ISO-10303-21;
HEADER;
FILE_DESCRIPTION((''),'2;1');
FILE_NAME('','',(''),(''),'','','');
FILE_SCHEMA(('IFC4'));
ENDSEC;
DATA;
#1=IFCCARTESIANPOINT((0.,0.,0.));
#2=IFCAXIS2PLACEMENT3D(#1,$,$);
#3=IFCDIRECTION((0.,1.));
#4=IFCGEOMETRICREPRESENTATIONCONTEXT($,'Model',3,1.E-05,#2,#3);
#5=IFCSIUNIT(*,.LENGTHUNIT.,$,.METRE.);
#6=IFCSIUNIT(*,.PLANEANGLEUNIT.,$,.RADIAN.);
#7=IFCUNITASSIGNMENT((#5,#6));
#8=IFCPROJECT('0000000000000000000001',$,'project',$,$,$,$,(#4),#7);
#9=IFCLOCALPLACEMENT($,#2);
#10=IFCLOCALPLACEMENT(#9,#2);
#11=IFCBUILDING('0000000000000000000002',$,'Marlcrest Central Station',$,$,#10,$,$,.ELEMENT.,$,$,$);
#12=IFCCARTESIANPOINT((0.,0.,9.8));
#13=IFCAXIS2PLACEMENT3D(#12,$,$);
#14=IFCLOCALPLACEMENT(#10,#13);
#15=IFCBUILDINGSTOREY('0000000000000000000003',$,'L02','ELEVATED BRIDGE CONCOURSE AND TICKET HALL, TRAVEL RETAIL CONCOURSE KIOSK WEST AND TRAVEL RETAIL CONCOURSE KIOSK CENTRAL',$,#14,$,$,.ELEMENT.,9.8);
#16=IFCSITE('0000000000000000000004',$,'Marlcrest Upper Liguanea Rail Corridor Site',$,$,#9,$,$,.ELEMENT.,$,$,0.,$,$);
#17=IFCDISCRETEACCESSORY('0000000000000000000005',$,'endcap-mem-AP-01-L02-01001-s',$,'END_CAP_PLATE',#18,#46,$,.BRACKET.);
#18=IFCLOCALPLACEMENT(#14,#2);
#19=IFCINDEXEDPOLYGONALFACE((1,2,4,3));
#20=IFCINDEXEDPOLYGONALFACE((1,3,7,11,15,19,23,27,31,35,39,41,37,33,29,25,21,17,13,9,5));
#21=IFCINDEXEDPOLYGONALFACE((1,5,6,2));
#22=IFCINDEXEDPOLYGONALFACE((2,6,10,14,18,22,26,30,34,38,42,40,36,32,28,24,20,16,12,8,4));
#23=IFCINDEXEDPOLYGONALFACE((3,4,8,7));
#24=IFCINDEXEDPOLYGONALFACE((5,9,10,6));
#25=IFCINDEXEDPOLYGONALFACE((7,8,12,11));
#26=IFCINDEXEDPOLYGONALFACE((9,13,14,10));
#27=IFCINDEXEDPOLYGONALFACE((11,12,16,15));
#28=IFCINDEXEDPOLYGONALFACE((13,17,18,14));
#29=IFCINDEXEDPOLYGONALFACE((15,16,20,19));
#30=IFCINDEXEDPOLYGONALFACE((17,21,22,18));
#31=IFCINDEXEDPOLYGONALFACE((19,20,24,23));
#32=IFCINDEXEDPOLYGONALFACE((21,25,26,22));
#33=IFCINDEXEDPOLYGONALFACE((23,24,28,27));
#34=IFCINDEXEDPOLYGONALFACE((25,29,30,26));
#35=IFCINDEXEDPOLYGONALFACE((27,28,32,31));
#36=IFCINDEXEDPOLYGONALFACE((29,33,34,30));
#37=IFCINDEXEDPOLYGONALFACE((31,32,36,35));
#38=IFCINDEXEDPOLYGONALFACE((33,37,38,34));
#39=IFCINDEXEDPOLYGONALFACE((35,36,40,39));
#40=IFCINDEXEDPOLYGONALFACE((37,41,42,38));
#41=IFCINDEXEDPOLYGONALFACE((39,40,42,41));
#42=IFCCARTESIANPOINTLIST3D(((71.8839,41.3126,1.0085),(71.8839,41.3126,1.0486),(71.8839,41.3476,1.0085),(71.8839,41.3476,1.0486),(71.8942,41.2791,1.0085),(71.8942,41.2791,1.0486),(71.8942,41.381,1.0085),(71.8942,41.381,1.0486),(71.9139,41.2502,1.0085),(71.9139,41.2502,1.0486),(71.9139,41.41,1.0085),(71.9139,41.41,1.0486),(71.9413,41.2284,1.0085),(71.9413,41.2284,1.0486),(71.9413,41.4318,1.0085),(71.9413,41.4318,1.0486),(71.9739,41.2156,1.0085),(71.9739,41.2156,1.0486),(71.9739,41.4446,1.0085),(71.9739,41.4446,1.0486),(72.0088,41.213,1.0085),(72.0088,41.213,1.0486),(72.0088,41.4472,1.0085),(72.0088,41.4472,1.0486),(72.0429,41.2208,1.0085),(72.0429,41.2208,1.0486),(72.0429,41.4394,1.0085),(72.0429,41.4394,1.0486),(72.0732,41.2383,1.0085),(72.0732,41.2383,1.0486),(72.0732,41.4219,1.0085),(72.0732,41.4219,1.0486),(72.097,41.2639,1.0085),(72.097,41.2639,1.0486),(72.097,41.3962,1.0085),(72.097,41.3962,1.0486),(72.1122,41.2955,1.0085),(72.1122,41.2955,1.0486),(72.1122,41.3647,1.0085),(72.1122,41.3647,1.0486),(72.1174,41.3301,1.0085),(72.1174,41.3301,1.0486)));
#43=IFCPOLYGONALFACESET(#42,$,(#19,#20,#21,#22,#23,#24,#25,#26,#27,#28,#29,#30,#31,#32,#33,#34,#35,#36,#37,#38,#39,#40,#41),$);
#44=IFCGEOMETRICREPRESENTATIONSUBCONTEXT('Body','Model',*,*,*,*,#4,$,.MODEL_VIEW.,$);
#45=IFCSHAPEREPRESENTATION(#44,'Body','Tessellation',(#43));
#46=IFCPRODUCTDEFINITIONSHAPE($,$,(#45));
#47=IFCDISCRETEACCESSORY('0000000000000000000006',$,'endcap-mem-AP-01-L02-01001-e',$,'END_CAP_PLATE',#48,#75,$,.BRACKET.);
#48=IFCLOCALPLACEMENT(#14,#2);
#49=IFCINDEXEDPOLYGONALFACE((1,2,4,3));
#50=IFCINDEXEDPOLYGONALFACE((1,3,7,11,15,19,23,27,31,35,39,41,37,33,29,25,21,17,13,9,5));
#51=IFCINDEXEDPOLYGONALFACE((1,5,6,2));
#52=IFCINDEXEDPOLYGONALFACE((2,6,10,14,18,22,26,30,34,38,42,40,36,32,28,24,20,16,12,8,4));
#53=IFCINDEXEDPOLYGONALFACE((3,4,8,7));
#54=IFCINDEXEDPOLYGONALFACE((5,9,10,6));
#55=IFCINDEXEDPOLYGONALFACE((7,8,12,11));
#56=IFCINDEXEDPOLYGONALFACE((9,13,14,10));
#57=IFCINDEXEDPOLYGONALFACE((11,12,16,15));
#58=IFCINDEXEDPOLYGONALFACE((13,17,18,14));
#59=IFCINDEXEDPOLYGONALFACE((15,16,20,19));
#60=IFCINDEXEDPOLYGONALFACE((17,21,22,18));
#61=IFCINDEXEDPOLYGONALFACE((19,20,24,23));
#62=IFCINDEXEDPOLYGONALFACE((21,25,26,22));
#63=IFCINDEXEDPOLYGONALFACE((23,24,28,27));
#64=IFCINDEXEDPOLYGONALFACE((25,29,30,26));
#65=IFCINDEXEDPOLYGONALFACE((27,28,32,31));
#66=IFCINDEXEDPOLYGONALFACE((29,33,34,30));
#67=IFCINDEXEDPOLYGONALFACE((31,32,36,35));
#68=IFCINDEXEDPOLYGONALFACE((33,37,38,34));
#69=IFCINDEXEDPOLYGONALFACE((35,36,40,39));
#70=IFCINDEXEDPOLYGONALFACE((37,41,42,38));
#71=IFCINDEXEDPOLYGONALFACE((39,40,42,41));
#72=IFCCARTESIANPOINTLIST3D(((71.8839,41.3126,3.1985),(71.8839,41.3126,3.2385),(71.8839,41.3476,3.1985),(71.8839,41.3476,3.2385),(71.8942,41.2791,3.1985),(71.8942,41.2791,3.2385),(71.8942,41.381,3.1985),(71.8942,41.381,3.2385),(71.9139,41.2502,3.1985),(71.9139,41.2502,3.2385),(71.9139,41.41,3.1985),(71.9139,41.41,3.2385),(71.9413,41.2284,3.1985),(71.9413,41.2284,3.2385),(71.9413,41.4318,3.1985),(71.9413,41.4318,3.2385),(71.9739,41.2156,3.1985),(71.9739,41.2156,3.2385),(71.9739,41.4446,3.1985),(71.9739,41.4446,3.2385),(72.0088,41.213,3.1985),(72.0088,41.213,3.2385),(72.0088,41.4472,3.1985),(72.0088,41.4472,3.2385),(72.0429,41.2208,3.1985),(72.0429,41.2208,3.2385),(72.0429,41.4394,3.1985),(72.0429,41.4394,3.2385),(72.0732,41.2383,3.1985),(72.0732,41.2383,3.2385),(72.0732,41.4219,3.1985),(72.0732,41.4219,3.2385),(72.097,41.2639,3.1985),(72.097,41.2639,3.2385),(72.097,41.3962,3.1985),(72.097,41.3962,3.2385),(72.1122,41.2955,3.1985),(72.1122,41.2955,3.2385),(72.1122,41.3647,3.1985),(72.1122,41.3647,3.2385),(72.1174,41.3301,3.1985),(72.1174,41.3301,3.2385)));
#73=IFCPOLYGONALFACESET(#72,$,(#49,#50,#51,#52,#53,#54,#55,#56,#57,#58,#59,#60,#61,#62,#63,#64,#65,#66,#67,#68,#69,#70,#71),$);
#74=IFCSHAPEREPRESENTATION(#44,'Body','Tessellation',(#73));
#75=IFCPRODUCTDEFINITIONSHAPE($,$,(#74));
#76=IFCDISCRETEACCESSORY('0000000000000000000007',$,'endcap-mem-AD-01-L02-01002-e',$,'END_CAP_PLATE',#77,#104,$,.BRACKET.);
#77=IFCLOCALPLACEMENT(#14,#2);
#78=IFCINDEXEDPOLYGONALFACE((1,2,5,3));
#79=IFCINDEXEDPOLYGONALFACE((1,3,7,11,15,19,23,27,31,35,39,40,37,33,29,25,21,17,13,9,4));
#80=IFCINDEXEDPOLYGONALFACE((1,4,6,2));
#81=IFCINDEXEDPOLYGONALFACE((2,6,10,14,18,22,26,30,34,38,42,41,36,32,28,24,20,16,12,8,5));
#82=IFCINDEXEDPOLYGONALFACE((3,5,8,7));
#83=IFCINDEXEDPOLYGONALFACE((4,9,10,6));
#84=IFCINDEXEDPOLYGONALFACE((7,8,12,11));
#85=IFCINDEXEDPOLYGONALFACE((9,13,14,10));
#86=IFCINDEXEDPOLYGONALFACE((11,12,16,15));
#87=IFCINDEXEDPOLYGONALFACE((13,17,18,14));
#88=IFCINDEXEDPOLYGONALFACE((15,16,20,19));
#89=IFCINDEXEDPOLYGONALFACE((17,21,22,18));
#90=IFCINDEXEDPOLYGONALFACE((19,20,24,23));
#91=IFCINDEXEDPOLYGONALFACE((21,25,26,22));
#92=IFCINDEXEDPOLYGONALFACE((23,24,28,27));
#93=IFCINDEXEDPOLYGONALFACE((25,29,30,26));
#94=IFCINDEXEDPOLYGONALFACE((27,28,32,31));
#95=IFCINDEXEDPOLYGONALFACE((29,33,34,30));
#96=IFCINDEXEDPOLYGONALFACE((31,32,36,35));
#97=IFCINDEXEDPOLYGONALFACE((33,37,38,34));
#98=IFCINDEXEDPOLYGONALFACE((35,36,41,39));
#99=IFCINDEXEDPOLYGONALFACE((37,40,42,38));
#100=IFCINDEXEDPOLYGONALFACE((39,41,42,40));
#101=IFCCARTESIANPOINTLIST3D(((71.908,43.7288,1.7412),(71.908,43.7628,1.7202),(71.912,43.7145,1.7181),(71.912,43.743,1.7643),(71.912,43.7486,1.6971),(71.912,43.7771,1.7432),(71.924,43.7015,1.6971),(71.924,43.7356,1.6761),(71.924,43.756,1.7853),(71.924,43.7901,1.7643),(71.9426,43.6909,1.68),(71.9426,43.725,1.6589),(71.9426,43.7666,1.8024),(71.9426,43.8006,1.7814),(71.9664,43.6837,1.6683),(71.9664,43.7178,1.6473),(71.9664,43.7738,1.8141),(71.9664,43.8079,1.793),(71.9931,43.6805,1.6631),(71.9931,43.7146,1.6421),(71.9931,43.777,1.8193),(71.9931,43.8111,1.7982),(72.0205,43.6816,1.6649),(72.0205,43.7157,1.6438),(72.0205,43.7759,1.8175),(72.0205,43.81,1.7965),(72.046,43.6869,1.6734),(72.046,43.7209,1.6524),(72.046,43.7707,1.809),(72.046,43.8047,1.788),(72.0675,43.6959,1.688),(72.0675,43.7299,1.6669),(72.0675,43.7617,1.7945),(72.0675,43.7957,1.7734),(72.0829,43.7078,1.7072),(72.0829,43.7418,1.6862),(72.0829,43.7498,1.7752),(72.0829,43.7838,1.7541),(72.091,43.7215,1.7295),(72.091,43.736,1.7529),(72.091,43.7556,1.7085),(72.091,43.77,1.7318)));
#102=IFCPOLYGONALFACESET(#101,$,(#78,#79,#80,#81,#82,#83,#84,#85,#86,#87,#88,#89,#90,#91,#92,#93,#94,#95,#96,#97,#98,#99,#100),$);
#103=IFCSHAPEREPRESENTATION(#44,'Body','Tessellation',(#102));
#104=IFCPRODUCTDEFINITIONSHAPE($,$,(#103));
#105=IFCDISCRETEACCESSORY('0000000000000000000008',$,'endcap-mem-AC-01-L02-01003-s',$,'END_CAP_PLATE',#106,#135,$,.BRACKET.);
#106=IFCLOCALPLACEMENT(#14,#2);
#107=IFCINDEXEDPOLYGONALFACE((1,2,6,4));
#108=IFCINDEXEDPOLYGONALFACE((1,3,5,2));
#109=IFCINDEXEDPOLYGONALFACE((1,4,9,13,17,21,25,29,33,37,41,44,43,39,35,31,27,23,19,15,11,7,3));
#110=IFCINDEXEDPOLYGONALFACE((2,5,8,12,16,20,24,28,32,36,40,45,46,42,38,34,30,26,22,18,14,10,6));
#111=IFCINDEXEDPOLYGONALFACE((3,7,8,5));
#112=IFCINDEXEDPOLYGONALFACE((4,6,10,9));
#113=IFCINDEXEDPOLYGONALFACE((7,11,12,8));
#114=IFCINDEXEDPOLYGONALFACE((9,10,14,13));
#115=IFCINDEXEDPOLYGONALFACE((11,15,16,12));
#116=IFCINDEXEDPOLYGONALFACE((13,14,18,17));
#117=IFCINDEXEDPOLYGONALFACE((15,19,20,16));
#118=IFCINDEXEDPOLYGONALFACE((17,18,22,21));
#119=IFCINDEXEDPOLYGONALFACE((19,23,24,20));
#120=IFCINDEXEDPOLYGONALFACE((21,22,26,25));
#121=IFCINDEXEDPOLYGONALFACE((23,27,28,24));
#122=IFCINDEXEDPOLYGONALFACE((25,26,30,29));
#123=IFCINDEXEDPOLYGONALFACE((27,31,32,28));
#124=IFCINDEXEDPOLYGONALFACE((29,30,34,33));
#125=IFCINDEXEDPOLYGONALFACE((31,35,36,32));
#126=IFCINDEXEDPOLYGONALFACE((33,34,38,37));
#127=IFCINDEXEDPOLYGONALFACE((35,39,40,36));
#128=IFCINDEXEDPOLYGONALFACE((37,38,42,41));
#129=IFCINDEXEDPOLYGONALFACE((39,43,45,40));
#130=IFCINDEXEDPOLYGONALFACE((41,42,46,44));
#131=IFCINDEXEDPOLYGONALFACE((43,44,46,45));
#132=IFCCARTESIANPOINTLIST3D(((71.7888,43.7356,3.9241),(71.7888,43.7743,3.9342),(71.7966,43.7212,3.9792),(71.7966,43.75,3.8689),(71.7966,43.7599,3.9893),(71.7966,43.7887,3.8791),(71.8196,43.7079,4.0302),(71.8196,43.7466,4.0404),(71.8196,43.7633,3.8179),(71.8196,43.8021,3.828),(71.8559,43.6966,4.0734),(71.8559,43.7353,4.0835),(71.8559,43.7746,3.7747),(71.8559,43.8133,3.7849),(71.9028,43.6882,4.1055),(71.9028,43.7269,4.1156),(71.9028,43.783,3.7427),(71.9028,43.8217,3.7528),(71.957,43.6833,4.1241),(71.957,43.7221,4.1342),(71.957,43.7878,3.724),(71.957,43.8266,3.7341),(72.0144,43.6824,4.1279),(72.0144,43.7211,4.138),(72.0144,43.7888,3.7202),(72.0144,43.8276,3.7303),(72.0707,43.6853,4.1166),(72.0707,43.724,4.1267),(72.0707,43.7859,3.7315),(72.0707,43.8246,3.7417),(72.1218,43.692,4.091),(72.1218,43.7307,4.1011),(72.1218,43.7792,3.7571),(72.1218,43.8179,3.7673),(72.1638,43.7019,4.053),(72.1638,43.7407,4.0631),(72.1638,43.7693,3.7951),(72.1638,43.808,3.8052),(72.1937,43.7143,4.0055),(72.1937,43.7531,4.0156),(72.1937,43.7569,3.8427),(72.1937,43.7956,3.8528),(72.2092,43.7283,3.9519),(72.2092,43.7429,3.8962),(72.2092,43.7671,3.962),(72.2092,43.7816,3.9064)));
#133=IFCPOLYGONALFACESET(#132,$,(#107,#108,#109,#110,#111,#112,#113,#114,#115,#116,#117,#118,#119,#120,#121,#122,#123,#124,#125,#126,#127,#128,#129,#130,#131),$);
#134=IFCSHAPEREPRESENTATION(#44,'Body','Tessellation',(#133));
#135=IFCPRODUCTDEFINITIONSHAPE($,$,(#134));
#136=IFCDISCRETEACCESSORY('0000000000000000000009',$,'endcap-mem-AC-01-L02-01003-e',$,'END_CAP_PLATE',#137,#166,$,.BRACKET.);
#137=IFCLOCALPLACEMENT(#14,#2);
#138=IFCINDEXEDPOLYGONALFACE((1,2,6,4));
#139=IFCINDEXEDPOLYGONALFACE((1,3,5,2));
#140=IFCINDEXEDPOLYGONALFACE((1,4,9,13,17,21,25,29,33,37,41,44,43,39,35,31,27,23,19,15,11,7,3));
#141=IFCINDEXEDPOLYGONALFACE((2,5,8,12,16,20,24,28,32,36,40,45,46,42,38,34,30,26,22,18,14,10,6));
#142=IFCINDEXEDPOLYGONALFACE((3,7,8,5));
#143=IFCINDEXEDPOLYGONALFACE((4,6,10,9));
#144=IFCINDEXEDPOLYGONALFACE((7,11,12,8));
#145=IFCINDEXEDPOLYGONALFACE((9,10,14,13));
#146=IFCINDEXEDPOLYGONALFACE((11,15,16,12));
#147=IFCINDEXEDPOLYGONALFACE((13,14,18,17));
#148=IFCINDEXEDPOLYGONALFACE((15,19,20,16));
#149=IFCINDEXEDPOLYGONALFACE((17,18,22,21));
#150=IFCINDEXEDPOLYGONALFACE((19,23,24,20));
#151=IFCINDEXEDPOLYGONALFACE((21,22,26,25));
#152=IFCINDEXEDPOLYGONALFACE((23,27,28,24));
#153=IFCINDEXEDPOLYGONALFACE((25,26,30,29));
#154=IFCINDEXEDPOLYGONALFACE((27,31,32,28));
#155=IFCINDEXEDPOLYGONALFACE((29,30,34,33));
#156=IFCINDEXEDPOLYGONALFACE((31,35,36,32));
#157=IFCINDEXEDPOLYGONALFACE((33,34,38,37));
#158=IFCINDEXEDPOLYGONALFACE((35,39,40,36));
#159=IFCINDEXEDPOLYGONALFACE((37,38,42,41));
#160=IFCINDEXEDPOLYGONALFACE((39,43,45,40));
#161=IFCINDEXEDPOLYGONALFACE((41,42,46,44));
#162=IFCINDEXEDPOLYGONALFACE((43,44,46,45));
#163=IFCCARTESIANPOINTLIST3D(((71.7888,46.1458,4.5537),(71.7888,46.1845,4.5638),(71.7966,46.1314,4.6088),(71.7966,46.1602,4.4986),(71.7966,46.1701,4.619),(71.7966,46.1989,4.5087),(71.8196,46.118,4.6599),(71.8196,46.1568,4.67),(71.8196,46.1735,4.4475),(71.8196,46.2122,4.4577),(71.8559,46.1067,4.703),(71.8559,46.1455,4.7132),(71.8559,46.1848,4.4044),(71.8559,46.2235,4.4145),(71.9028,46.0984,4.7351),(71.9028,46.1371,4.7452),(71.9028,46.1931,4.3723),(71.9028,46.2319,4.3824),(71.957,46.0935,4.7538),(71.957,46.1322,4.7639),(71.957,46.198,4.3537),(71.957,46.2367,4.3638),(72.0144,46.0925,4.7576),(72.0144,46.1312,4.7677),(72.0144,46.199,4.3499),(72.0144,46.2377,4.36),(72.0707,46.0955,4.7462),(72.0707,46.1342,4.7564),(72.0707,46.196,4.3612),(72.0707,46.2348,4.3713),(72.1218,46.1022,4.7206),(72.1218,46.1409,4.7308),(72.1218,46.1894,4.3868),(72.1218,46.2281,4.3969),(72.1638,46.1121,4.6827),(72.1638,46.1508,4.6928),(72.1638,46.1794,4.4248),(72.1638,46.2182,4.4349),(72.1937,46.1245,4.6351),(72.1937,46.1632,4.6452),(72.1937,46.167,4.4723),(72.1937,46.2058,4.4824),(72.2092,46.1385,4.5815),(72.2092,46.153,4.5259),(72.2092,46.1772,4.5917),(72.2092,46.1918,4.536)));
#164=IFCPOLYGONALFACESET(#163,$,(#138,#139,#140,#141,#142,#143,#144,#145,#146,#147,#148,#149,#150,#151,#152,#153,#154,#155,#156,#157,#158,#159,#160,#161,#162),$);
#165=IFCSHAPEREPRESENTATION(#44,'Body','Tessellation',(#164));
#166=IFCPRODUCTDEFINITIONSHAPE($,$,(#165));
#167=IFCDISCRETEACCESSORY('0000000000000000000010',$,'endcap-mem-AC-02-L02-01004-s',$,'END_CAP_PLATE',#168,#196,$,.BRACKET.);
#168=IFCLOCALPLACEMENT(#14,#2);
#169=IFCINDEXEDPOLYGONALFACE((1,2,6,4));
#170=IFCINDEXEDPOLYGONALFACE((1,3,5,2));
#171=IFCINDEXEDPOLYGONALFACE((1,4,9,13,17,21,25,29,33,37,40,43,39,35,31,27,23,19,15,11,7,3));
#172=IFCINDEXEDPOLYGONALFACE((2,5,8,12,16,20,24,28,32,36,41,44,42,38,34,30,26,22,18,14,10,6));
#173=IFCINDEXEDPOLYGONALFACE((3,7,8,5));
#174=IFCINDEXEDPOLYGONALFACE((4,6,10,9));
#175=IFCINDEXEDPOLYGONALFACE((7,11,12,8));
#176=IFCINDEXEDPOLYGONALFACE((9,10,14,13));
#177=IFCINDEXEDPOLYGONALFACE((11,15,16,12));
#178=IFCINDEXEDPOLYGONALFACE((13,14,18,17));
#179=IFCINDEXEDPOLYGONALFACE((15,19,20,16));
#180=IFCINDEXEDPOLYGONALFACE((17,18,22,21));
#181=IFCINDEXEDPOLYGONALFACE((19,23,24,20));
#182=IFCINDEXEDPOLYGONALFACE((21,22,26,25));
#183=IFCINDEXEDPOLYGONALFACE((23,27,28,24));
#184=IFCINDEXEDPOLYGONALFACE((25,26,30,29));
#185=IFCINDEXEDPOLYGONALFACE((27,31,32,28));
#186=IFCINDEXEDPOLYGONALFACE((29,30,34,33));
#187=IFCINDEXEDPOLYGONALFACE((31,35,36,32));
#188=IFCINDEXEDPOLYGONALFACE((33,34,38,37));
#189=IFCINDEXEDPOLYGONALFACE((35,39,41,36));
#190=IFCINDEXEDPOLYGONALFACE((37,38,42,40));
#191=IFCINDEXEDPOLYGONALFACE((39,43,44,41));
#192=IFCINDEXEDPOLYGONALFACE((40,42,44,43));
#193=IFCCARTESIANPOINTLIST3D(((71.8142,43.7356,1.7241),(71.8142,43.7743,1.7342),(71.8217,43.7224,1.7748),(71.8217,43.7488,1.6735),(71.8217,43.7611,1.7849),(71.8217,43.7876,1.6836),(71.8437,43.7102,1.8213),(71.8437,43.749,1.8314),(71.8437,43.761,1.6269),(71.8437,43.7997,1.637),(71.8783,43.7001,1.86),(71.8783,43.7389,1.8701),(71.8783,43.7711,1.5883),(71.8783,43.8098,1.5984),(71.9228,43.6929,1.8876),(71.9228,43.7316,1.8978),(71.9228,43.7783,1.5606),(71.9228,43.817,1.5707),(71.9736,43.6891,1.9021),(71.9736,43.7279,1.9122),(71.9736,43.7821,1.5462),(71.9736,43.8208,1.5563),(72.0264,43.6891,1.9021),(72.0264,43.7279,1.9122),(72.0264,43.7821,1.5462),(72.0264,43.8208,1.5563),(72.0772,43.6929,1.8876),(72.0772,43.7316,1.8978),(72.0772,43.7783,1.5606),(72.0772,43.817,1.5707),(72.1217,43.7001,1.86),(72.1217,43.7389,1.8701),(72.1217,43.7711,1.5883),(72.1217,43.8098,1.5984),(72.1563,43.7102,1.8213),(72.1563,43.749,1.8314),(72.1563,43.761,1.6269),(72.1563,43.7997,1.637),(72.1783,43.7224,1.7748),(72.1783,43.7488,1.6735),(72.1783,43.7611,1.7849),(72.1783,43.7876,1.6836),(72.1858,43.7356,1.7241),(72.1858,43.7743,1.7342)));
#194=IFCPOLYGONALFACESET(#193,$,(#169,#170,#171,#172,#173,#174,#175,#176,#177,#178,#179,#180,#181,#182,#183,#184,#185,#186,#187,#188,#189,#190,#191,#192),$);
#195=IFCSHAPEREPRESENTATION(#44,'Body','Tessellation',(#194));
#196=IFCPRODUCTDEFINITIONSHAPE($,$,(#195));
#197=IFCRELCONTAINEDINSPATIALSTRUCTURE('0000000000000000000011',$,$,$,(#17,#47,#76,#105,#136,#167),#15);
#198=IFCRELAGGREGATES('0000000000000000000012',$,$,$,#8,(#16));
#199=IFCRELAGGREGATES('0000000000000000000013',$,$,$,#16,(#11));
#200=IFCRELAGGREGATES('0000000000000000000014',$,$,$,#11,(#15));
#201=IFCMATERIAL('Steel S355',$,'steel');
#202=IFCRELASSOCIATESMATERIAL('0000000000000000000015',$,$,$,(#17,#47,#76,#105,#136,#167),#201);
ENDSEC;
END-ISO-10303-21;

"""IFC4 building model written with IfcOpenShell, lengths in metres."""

from ifc_helpers import new_model, si_unit, direction, frame, origin, origin_2d, place, context, subcontext, project, spatial, circle, extrude, material, element, save


model = new_model("IFC4")

# Units and contexts
model_context = context("Model", 3, precision=1e-05, world=origin(), true_north=direction((0.0, 1.0)))
body_context = subcontext(model_context, "Body", "Model", "MODEL_VIEW")
ifc_project = project(units=[si_unit("LENGTHUNIT", "METRE"), si_unit("PLANEANGLEUNIT", "RADIAN")], contexts=[model_context])

# Site, building, storey
site_placement = place(None, origin())
site = spatial("IfcSite", under=ifc_project, at=site_placement, Name="Marlcrest Upper Liguanea Rail Corridor Site", CompositionType="ELEMENT", RefElevation=0.0)
building_placement = place(site_placement, origin())
building = spatial("IfcBuilding", under=site, at=building_placement, Name="Marlcrest Central Station", CompositionType="ELEMENT")
storey_placement = place(building_placement, frame((0.0, 0.0, 9.8)))
storey = spatial("IfcBuildingStorey", under=building, at=storey_placement, Name="L02", Description="ELEVATED BRIDGE CONCOURSE AND TICKET HALL, TRAVEL RETAIL CONCOURSE KIOSK WEST AND TRAVEL RETAIL CONCOURSE KIOSK CENTRAL", CompositionType="ELEMENT", Elevation=9.8)

# Shared definitions
ifc_material = material(Name="Steel S355", Category="steel")

# Discrete accessories
for number, where, z_axis, x_axis, name in (
    (1, (72.0, 41.3301, 1.0085), (0.0, 0.0, 1.0), (1.0, 0.0, 0.0), "endcap-mem-AP-01-L02-01001-s"),
    (2, (72.0, 41.3301, 3.1985), (0.0, 0.0, 1.0), (1.0, 0.0, 0.0), "endcap-mem-AP-01-L02-01001-e"),
):
    element("IfcDiscreteAccessory", number, at=place(storey_placement, frame(where, z_axis=z_axis, x_axis=x_axis)), inside=storey, material=ifc_material, Name=name, ObjectType="END_CAP_PLATE", PredefinedType="BRACKET", context=body_context, shape_type="SweptSolid", body=[
        extrude(circle(Radius=0.1174, at=origin_2d()), origin(), (0.0, 0.0, 1.0), 0.04),
    ])
discrete_accessory_1_placement = place(storey_placement, frame((72.0, 43.7288, 1.7412), z_axis=(0.0, 0.850687, -0.525672), x_axis=(-1.0, 0.0, 0.0)))
element("IfcDiscreteAccessory", 3, at=discrete_accessory_1_placement, inside=storey, material=ifc_material, Name="endcap-mem-AD-01-L02-01002-e", ObjectType="END_CAP_PLATE", PredefinedType="BRACKET", context=body_context, shape_type="SweptSolid", body=[
    extrude(circle(Radius=0.092, at=origin_2d()), origin(), (0.0, 0.0, 1.0), 0.04),
])
for number, where, z_axis, x_axis, name in (
    (4, (72.0, 43.7356, 3.9241), (0.0, 0.967539, 0.25272), (-1.0, 0.0, 0.0), "endcap-mem-AC-01-L02-01003-s"),
    (5, (72.0, 46.1458, 4.5537), (0.0, 0.967539, 0.25272), (-1.0, 0.0, 0.0), "endcap-mem-AC-01-L02-01003-e"),
):
    element("IfcDiscreteAccessory", number, at=place(storey_placement, frame(where, z_axis=z_axis, x_axis=x_axis)), inside=storey, material=ifc_material, Name=name, ObjectType="END_CAP_PLATE", PredefinedType="BRACKET", context=body_context, shape_type="SweptSolid", body=[
        extrude(circle(Radius=0.2112, at=origin_2d()), origin(), (0.0, 0.0, 1.0), 0.04),
    ])
for number, where, z_axis, x_axis, name in (
    (6, (72.0, 43.7356, 1.7241), (0.0, 0.967563, 0.252629), (-1.0, 0.0, 0.0), "endcap-mem-AC-02-L02-01004-s"),
):
    element("IfcDiscreteAccessory", number, at=place(storey_placement, frame(where, z_axis=z_axis, x_axis=x_axis)), inside=storey, material=ifc_material, Name=name, ObjectType="END_CAP_PLATE", PredefinedType="BRACKET", context=body_context, shape_type="SweptSolid", body=[
        extrude(circle(Radius=0.1858, at=origin_2d()), origin(), (0.0, 0.0, 1.0), 0.04),
    ])

save(model, "model.ifc")
